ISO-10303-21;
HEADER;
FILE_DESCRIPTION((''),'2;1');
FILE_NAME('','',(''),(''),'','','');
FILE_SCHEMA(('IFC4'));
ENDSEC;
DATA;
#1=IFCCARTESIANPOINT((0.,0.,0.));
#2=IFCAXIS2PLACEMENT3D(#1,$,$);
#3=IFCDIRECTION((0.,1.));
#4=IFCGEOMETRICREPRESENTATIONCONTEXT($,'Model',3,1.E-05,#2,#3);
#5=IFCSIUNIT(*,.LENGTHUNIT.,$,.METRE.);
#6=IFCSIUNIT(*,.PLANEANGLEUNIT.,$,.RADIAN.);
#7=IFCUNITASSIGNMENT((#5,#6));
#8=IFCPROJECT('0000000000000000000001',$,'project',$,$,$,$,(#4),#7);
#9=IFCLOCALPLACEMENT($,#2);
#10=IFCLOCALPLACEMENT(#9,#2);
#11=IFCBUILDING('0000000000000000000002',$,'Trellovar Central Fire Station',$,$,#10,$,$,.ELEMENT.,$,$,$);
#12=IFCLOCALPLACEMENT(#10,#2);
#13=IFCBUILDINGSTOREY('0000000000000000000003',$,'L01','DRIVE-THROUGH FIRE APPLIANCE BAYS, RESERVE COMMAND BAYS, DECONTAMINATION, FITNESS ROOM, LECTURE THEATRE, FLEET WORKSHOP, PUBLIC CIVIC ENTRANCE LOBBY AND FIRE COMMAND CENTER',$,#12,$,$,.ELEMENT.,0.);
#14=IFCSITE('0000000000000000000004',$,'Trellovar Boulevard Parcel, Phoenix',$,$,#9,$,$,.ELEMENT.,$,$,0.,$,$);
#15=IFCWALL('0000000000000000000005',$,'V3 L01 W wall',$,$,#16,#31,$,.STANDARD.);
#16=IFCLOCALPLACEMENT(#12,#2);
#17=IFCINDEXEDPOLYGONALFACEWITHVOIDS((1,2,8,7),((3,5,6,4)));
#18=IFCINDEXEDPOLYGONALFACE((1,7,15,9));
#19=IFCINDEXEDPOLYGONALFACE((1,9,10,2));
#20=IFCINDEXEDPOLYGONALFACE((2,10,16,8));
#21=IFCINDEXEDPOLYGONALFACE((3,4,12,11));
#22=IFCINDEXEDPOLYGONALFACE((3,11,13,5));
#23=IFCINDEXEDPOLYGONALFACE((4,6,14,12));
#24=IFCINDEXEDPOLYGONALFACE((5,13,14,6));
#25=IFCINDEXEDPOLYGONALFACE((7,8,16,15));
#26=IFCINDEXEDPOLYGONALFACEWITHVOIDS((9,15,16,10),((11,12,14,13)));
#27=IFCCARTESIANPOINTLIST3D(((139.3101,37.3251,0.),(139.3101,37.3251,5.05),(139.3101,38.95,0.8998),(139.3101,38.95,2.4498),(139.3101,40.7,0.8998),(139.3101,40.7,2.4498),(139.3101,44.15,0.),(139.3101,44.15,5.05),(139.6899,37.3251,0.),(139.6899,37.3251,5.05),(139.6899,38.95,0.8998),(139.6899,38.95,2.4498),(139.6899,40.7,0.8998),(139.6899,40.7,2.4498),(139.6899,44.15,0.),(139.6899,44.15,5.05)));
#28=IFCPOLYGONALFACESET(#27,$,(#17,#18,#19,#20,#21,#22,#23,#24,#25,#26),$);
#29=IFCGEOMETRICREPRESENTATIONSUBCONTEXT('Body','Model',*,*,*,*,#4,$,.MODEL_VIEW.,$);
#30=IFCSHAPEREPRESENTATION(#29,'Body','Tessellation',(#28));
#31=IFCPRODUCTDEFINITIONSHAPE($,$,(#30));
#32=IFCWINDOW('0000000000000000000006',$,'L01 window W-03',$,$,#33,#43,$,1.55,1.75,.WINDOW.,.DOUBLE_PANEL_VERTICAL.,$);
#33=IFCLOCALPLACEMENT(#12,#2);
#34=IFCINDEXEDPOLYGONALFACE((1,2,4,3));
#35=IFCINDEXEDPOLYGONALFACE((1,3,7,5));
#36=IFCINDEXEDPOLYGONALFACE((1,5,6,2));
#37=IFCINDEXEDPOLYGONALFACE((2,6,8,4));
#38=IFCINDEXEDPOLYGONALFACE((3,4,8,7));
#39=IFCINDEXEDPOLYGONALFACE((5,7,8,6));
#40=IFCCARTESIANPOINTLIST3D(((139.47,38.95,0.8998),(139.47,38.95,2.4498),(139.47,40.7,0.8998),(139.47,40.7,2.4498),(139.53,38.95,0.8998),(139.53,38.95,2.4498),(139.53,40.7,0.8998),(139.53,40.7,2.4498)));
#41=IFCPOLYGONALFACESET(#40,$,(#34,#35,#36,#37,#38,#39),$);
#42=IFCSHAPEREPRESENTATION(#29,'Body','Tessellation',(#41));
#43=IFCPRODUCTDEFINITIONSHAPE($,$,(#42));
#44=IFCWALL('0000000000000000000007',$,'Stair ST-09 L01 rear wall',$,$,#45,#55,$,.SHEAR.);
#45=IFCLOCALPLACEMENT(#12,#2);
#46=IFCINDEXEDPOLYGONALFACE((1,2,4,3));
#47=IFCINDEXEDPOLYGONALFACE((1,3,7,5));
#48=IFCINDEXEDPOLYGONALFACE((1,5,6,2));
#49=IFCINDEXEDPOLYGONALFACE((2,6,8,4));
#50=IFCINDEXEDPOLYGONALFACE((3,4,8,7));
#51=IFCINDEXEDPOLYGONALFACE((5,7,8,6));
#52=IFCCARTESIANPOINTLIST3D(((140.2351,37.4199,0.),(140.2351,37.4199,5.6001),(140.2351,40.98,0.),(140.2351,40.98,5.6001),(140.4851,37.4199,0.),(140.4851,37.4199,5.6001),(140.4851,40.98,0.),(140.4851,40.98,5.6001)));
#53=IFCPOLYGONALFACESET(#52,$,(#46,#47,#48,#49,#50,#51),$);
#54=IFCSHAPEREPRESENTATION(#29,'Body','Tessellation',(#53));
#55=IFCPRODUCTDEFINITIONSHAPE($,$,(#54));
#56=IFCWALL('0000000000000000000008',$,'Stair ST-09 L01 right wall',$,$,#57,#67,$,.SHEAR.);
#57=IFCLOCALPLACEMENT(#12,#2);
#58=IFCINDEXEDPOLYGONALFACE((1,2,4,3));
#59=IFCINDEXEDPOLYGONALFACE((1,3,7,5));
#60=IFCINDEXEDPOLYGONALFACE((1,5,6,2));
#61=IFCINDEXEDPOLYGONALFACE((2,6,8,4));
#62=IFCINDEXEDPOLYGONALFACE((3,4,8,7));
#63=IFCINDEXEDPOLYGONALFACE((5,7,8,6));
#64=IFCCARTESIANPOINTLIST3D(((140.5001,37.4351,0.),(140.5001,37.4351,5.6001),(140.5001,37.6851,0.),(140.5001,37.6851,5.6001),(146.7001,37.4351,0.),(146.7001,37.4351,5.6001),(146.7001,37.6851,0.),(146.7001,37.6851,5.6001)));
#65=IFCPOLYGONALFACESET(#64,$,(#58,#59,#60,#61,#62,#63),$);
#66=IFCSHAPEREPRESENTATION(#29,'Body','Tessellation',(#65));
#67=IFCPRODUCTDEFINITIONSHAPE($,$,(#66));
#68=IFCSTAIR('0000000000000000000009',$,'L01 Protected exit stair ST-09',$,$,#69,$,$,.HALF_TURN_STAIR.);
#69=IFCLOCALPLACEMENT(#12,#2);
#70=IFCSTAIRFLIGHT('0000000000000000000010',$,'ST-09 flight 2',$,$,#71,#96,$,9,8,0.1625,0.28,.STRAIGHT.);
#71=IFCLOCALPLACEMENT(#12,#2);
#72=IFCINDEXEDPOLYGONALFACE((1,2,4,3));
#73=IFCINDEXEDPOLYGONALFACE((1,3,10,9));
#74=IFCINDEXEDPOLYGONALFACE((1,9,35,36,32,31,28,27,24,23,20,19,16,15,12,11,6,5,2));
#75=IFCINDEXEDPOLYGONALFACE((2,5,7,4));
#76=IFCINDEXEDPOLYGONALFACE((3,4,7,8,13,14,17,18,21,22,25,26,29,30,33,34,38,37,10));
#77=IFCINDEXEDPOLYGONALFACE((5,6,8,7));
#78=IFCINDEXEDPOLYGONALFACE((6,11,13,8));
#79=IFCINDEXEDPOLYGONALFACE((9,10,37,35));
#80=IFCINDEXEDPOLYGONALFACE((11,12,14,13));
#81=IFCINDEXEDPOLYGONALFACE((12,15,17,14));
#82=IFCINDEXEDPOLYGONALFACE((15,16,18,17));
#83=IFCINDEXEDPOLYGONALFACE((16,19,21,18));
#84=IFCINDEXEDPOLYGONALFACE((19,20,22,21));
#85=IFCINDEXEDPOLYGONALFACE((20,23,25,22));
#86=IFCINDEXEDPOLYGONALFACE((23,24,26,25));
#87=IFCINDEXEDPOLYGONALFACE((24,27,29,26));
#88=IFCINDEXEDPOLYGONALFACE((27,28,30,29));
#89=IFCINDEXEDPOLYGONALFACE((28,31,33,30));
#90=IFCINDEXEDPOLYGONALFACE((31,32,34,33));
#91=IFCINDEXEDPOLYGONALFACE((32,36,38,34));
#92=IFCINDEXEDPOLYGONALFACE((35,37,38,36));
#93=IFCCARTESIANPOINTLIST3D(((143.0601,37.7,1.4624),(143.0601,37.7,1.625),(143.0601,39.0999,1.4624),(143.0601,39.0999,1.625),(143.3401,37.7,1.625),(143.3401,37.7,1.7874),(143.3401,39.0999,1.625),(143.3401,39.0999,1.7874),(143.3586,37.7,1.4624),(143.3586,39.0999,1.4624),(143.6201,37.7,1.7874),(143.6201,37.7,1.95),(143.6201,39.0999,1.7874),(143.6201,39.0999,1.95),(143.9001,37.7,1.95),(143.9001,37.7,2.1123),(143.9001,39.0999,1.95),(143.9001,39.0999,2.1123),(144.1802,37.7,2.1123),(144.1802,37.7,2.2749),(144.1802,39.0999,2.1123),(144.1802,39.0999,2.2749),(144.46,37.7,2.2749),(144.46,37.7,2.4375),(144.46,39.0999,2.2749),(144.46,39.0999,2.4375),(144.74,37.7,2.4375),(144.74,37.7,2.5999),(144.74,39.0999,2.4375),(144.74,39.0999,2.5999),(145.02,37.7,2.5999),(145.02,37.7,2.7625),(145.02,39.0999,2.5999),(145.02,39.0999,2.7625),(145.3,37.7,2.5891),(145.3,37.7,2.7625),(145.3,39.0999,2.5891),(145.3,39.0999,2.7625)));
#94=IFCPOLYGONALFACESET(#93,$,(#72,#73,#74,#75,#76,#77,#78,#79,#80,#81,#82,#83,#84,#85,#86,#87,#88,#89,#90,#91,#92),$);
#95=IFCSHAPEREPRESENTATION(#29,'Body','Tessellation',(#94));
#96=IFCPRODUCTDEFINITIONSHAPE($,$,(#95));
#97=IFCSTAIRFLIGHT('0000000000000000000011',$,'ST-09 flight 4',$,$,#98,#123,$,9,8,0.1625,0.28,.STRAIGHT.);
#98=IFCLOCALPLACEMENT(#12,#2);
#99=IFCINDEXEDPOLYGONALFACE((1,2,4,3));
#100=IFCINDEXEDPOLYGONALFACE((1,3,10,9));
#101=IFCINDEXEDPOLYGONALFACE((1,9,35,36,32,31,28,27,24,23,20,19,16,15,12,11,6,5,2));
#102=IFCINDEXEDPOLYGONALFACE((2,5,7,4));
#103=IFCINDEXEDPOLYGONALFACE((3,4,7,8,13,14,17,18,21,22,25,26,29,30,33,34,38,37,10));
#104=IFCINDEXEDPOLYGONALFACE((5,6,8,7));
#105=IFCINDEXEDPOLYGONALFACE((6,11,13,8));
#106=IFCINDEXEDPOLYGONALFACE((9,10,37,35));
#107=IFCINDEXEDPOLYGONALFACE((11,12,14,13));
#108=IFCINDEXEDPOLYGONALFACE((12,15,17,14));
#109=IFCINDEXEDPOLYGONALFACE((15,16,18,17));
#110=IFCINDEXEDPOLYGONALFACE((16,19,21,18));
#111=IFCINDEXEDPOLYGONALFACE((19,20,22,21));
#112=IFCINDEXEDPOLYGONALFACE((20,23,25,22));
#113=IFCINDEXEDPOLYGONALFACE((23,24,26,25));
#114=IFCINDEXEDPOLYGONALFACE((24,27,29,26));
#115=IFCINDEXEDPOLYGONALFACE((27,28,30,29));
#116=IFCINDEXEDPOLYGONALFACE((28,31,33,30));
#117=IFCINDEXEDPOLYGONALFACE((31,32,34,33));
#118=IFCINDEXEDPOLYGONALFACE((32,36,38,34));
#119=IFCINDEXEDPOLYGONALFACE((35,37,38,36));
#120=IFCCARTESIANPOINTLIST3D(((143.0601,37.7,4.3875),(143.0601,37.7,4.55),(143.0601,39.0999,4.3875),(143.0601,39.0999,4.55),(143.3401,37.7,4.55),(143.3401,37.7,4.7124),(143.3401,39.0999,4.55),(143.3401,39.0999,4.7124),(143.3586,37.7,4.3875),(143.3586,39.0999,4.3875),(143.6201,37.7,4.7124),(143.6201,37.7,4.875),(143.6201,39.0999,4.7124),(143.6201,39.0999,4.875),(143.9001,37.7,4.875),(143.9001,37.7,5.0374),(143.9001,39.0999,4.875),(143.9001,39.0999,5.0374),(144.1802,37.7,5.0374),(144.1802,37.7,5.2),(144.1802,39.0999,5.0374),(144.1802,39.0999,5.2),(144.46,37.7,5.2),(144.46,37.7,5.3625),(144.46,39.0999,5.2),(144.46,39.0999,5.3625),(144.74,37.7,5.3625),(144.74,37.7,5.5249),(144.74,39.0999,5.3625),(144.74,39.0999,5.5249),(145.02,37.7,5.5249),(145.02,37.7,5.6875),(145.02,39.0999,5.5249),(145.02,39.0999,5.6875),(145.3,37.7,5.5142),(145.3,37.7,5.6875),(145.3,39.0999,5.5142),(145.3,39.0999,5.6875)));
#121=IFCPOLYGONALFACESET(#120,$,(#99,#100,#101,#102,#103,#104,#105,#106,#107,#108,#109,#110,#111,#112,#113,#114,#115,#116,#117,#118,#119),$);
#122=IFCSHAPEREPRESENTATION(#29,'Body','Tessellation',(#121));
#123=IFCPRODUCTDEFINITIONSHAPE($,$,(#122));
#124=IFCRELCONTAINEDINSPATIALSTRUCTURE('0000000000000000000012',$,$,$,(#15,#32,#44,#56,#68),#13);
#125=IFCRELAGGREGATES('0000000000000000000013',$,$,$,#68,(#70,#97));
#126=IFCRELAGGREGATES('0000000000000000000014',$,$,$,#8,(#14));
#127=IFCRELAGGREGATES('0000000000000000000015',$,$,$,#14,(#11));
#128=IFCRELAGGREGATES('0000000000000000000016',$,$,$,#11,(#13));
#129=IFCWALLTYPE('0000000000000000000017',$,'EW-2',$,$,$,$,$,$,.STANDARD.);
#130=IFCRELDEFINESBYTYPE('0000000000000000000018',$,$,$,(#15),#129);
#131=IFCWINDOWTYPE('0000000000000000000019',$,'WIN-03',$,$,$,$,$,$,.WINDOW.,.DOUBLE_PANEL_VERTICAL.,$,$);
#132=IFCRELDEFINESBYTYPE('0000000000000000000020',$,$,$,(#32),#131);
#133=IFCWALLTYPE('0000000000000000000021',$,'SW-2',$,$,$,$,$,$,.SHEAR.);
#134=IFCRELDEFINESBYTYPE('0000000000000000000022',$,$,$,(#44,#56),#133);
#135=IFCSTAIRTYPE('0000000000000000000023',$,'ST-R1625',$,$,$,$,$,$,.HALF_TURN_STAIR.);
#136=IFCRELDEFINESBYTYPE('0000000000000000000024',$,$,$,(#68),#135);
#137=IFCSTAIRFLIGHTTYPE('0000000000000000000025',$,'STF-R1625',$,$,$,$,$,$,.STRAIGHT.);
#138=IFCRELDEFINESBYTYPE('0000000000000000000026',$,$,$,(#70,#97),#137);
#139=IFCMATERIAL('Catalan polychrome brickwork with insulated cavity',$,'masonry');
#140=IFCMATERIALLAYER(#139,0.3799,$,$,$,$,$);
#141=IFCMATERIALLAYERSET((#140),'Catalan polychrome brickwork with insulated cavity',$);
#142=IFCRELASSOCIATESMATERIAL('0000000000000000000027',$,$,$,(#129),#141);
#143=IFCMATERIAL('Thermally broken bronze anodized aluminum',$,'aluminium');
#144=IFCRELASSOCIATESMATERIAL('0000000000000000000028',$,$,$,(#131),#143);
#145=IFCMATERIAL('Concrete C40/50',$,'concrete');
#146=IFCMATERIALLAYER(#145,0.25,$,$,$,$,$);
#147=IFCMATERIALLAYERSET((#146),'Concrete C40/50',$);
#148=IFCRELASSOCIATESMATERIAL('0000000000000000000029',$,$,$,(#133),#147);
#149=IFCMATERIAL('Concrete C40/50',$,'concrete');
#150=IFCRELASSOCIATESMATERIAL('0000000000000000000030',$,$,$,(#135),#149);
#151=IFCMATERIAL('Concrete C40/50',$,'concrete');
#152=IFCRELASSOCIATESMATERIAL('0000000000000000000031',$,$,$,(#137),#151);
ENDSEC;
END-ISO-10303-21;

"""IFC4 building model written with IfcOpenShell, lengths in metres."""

from ifc_helpers import new_model, si_unit, direction, frame, frame_2d, origin, place, context, subcontext, project, spatial, polyline, rectangle, outline, extrude, material, layer, layer_set, type_object, element, fill, aggregate, save


model = new_model("IFC4")

# Units and contexts
model_context = context("Model", 3, precision=1e-05, world=origin(), true_north=direction((0.0, 1.0)))
body_context = subcontext(model_context, "Body", "Model", "MODEL_VIEW")
ifc_project = project(units=[si_unit("LENGTHUNIT", "METRE"), si_unit("PLANEANGLEUNIT", "RADIAN")], contexts=[model_context])

# Site, building, storey
site_placement = place(None, origin())
site = spatial("IfcSite", under=ifc_project, at=site_placement, Name="Trellovar Boulevard Parcel, Phoenix", CompositionType="ELEMENT", RefElevation=0.0)
building_placement = place(site_placement, origin())
building = spatial("IfcBuilding", under=site, at=building_placement, Name="Trellovar Central Fire Station", CompositionType="ELEMENT")
storey_placement = place(building_placement, origin())
storey = spatial("IfcBuildingStorey", under=building, at=storey_placement, Name="L01", Description="DRIVE-THROUGH FIRE APPLIANCE BAYS, RESERVE COMMAND BAYS, DECONTAMINATION, FITNESS ROOM, LECTURE THEATRE, FLEET WORKSHOP, PUBLIC CIVIC ENTRANCE LOBBY AND FIRE COMMAND CENTER", CompositionType="ELEMENT", Elevation=0.0)

# Shared definitions
ifc_material_1 = material(Name="Catalan polychrome brickwork with insulated cavity", Category="masonry")
ifc_layer_1 = layer(ifc_material_1, 0.3799)
ifc_layer_set_1 = layer_set([ifc_layer_1], Name="Catalan polychrome brickwork with insulated cavity")
wall_type_1 = type_object("IfcWallType", Name="EW-2", PredefinedType="STANDARD", material=ifc_layer_set_1)

# Wall, opening, window
wall_1_placement = place(storey_placement, frame((139.5, 37.325, 0.0), z_axis=(0.0, 0.0, 1.0), x_axis=(0.0, 1.0, 0.0)))
wall_1 = element("IfcWall", 1, at=wall_1_placement, inside=storey, type_object=wall_type_1, Name="V3 L01 W wall", PredefinedType="STANDARD", context=body_context, shape_type="SweptSolid", body=[
    extrude(rectangle(XDim=6.825, YDim=0.3799, at=frame_2d((3.4126, 0.0))), origin(), (0.0, 0.0, 1.0), 5.05),
])
opening_1_placement = place(wall_1_placement, frame((1.625, 0.0, 0.8999)))
opening_1 = element("IfcOpeningElement", 2, at=opening_1_placement, cuts=wall_1, PredefinedType="OPENING", context=body_context, shape_type="SweptSolid", body=[
    extrude(rectangle(XDim=1.75, YDim=1.55, at=frame_2d((0.875, 0.7749))), frame((0.0, 0.2, 0.0), z_axis=(0.0, -1.0, 0.0), x_axis=(1.0, 0.0, 0.0)), (0.0, 0.0, 1.0), 0.3999),
])
ifc_material_2 = material(Name="Thermally broken bronze anodized aluminum", Category="aluminium")
window_type = type_object("IfcWindowType", Name="WIN-03", PartitioningType="DOUBLE_PANEL_VERTICAL", PredefinedType="WINDOW", material=ifc_material_2)
window_placement = place(opening_1_placement, origin())
window = element("IfcWindow", 3, at=window_placement, inside=storey, type_object=window_type, Name="L01 window W-03", OverallHeight=1.55, OverallWidth=1.75, PartitioningType="DOUBLE_PANEL_VERTICAL", PredefinedType="WINDOW", context=body_context, shape_type="SweptSolid", body=[
    extrude(rectangle(XDim=1.75, YDim=1.55, at=frame_2d((0.875, 0.7749))), frame((0.0, 0.03, 0.0), z_axis=(0.0, -1.0, 0.0), x_axis=(1.0, 0.0, 0.0)), (0.0, 0.0, 1.0), 0.0601),
])
fill(opening_1, window)

# Walls
ifc_material_3 = material(Name="Concrete C40/50", Category="concrete")
ifc_layer_2 = layer(ifc_material_3, 0.25)
ifc_layer_set_2 = layer_set([ifc_layer_2], Name="Concrete C40/50")
wall_type_2 = type_object("IfcWallType", Name="SW-2", PredefinedType="SHEAR", material=ifc_layer_set_2)
wall_2_placement = place(storey_placement, frame((140.3601, 37.4199, 0.0), z_axis=(0.0, 0.0, 1.0), x_axis=(0.0, 1.0, 0.0)))
element("IfcWall", 4, at=wall_2_placement, inside=storey, type_object=wall_type_2, Name="Stair ST-09 L01 rear wall", PredefinedType="SHEAR", context=body_context, shape_type="SweptSolid", body=[
    extrude(rectangle(XDim=3.5601, YDim=0.25, at=frame_2d((1.78, 0.0))), origin(), (0.0, 0.0, 1.0), 5.6001),
])
wall_3_placement = place(storey_placement, frame((140.5, 37.5601, 0.0), z_axis=(0.0, 0.0, 1.0), x_axis=(1.0, 0.0, 0.0)))
element("IfcWall", 5, at=wall_3_placement, inside=storey, type_object=wall_type_2, Name="Stair ST-09 L01 right wall", PredefinedType="SHEAR", context=body_context, shape_type="SweptSolid", body=[
    extrude(rectangle(XDim=6.2, YDim=0.25, at=frame_2d((3.1001, 0.0))), origin(), (0.0, 0.0, 1.0), 5.6001),
])

# Stair, stair flights
ifc_material_4 = material(Name="Concrete C40/50", Category="concrete")
stair_type = type_object("IfcStairType", Name="ST-R1625", PredefinedType="HALF_TURN_STAIR", material=ifc_material_4)
stair_placement = place(storey_placement, origin())
stair = element("IfcStair", 6, at=stair_placement, inside=storey, type_object=stair_type, Name="L01 Protected exit stair ST-09", PredefinedType="HALF_TURN_STAIR")
ifc_material_5 = material(Name="Concrete C40/50", Category="concrete")
stair_flight_type = type_object("IfcStairFlightType", Name="STF-R1625", PredefinedType="STRAIGHT", material=ifc_material_5)
stair_flight_1_placement = place(storey_placement, frame((143.0601, 38.3999, 1.4624), z_axis=(0.0, 0.0, 1.0), x_axis=(1.0, 0.0, 0.0)))
stair_flight_1 = element("IfcStairFlight", 7, at=stair_flight_1_placement, type_object=stair_flight_type, Name="ST-09 flight 2", NumberOfRisers=9, NumberOfTreads=8, PredefinedType="STRAIGHT", RiserHeight=0.1625, TreadLength=0.28, context=body_context, shape_type="SweptSolid", body=[
    extrude(outline(polyline([(0.0, 0.0), (0.0, 0.1626), (0.28, 0.1626), (0.28, 0.325), (0.5601, 0.325), (0.5601, 0.4875), (0.8401, 0.4875), (0.8401, 0.6499), (1.1201, 0.6499), (1.1201, 0.8125), (1.3999, 0.8125), (1.3999, 0.9751), (1.6799, 0.9751), (1.6799, 1.1375), (1.96, 1.1375), (1.96, 1.3), (2.24, 1.3), (2.24, 1.4624), (2.24, 1.1267), (0.2986, 0.0), (0.0, 0.0)])), frame((0.0, 0.7, 0.0), z_axis=(0.0, -1.0, 0.0), x_axis=(1.0, 0.0, 0.0)), (0.0, 0.0, 1.0), 1.3999),
])
stair_flight_2_placement = place(storey_placement, frame((143.0601, 38.3999, 4.3875), z_axis=(0.0, 0.0, 1.0), x_axis=(1.0, 0.0, 0.0)))
stair_flight_2 = element("IfcStairFlight", 8, at=stair_flight_2_placement, type_object=stair_flight_type, Name="ST-09 flight 4", NumberOfRisers=9, NumberOfTreads=8, PredefinedType="STRAIGHT", RiserHeight=0.1625, TreadLength=0.28, context=body_context, shape_type="SweptSolid", body=[
    extrude(outline(polyline([(0.0, 0.0), (0.0, 0.1626), (0.28, 0.1626), (0.28, 0.325), (0.5601, 0.325), (0.5601, 0.4875), (0.8401, 0.4875), (0.8401, 0.6499), (1.1201, 0.6499), (1.1201, 0.8125), (1.3999, 0.8125), (1.3999, 0.9751), (1.6799, 0.9751), (1.6799, 1.1375), (1.96, 1.1375), (1.96, 1.3), (2.24, 1.3), (2.24, 1.4624), (2.24, 1.1267), (0.2986, 0.0), (0.0, 0.0)])), frame((0.0, 0.7, 0.0), z_axis=(0.0, -1.0, 0.0), x_axis=(1.0, 0.0, 0.0)), (0.0, 0.0, 1.0), 1.3999),
])
aggregate(stair, [stair_flight_1, stair_flight_2])

save(model, "model.ifc")
